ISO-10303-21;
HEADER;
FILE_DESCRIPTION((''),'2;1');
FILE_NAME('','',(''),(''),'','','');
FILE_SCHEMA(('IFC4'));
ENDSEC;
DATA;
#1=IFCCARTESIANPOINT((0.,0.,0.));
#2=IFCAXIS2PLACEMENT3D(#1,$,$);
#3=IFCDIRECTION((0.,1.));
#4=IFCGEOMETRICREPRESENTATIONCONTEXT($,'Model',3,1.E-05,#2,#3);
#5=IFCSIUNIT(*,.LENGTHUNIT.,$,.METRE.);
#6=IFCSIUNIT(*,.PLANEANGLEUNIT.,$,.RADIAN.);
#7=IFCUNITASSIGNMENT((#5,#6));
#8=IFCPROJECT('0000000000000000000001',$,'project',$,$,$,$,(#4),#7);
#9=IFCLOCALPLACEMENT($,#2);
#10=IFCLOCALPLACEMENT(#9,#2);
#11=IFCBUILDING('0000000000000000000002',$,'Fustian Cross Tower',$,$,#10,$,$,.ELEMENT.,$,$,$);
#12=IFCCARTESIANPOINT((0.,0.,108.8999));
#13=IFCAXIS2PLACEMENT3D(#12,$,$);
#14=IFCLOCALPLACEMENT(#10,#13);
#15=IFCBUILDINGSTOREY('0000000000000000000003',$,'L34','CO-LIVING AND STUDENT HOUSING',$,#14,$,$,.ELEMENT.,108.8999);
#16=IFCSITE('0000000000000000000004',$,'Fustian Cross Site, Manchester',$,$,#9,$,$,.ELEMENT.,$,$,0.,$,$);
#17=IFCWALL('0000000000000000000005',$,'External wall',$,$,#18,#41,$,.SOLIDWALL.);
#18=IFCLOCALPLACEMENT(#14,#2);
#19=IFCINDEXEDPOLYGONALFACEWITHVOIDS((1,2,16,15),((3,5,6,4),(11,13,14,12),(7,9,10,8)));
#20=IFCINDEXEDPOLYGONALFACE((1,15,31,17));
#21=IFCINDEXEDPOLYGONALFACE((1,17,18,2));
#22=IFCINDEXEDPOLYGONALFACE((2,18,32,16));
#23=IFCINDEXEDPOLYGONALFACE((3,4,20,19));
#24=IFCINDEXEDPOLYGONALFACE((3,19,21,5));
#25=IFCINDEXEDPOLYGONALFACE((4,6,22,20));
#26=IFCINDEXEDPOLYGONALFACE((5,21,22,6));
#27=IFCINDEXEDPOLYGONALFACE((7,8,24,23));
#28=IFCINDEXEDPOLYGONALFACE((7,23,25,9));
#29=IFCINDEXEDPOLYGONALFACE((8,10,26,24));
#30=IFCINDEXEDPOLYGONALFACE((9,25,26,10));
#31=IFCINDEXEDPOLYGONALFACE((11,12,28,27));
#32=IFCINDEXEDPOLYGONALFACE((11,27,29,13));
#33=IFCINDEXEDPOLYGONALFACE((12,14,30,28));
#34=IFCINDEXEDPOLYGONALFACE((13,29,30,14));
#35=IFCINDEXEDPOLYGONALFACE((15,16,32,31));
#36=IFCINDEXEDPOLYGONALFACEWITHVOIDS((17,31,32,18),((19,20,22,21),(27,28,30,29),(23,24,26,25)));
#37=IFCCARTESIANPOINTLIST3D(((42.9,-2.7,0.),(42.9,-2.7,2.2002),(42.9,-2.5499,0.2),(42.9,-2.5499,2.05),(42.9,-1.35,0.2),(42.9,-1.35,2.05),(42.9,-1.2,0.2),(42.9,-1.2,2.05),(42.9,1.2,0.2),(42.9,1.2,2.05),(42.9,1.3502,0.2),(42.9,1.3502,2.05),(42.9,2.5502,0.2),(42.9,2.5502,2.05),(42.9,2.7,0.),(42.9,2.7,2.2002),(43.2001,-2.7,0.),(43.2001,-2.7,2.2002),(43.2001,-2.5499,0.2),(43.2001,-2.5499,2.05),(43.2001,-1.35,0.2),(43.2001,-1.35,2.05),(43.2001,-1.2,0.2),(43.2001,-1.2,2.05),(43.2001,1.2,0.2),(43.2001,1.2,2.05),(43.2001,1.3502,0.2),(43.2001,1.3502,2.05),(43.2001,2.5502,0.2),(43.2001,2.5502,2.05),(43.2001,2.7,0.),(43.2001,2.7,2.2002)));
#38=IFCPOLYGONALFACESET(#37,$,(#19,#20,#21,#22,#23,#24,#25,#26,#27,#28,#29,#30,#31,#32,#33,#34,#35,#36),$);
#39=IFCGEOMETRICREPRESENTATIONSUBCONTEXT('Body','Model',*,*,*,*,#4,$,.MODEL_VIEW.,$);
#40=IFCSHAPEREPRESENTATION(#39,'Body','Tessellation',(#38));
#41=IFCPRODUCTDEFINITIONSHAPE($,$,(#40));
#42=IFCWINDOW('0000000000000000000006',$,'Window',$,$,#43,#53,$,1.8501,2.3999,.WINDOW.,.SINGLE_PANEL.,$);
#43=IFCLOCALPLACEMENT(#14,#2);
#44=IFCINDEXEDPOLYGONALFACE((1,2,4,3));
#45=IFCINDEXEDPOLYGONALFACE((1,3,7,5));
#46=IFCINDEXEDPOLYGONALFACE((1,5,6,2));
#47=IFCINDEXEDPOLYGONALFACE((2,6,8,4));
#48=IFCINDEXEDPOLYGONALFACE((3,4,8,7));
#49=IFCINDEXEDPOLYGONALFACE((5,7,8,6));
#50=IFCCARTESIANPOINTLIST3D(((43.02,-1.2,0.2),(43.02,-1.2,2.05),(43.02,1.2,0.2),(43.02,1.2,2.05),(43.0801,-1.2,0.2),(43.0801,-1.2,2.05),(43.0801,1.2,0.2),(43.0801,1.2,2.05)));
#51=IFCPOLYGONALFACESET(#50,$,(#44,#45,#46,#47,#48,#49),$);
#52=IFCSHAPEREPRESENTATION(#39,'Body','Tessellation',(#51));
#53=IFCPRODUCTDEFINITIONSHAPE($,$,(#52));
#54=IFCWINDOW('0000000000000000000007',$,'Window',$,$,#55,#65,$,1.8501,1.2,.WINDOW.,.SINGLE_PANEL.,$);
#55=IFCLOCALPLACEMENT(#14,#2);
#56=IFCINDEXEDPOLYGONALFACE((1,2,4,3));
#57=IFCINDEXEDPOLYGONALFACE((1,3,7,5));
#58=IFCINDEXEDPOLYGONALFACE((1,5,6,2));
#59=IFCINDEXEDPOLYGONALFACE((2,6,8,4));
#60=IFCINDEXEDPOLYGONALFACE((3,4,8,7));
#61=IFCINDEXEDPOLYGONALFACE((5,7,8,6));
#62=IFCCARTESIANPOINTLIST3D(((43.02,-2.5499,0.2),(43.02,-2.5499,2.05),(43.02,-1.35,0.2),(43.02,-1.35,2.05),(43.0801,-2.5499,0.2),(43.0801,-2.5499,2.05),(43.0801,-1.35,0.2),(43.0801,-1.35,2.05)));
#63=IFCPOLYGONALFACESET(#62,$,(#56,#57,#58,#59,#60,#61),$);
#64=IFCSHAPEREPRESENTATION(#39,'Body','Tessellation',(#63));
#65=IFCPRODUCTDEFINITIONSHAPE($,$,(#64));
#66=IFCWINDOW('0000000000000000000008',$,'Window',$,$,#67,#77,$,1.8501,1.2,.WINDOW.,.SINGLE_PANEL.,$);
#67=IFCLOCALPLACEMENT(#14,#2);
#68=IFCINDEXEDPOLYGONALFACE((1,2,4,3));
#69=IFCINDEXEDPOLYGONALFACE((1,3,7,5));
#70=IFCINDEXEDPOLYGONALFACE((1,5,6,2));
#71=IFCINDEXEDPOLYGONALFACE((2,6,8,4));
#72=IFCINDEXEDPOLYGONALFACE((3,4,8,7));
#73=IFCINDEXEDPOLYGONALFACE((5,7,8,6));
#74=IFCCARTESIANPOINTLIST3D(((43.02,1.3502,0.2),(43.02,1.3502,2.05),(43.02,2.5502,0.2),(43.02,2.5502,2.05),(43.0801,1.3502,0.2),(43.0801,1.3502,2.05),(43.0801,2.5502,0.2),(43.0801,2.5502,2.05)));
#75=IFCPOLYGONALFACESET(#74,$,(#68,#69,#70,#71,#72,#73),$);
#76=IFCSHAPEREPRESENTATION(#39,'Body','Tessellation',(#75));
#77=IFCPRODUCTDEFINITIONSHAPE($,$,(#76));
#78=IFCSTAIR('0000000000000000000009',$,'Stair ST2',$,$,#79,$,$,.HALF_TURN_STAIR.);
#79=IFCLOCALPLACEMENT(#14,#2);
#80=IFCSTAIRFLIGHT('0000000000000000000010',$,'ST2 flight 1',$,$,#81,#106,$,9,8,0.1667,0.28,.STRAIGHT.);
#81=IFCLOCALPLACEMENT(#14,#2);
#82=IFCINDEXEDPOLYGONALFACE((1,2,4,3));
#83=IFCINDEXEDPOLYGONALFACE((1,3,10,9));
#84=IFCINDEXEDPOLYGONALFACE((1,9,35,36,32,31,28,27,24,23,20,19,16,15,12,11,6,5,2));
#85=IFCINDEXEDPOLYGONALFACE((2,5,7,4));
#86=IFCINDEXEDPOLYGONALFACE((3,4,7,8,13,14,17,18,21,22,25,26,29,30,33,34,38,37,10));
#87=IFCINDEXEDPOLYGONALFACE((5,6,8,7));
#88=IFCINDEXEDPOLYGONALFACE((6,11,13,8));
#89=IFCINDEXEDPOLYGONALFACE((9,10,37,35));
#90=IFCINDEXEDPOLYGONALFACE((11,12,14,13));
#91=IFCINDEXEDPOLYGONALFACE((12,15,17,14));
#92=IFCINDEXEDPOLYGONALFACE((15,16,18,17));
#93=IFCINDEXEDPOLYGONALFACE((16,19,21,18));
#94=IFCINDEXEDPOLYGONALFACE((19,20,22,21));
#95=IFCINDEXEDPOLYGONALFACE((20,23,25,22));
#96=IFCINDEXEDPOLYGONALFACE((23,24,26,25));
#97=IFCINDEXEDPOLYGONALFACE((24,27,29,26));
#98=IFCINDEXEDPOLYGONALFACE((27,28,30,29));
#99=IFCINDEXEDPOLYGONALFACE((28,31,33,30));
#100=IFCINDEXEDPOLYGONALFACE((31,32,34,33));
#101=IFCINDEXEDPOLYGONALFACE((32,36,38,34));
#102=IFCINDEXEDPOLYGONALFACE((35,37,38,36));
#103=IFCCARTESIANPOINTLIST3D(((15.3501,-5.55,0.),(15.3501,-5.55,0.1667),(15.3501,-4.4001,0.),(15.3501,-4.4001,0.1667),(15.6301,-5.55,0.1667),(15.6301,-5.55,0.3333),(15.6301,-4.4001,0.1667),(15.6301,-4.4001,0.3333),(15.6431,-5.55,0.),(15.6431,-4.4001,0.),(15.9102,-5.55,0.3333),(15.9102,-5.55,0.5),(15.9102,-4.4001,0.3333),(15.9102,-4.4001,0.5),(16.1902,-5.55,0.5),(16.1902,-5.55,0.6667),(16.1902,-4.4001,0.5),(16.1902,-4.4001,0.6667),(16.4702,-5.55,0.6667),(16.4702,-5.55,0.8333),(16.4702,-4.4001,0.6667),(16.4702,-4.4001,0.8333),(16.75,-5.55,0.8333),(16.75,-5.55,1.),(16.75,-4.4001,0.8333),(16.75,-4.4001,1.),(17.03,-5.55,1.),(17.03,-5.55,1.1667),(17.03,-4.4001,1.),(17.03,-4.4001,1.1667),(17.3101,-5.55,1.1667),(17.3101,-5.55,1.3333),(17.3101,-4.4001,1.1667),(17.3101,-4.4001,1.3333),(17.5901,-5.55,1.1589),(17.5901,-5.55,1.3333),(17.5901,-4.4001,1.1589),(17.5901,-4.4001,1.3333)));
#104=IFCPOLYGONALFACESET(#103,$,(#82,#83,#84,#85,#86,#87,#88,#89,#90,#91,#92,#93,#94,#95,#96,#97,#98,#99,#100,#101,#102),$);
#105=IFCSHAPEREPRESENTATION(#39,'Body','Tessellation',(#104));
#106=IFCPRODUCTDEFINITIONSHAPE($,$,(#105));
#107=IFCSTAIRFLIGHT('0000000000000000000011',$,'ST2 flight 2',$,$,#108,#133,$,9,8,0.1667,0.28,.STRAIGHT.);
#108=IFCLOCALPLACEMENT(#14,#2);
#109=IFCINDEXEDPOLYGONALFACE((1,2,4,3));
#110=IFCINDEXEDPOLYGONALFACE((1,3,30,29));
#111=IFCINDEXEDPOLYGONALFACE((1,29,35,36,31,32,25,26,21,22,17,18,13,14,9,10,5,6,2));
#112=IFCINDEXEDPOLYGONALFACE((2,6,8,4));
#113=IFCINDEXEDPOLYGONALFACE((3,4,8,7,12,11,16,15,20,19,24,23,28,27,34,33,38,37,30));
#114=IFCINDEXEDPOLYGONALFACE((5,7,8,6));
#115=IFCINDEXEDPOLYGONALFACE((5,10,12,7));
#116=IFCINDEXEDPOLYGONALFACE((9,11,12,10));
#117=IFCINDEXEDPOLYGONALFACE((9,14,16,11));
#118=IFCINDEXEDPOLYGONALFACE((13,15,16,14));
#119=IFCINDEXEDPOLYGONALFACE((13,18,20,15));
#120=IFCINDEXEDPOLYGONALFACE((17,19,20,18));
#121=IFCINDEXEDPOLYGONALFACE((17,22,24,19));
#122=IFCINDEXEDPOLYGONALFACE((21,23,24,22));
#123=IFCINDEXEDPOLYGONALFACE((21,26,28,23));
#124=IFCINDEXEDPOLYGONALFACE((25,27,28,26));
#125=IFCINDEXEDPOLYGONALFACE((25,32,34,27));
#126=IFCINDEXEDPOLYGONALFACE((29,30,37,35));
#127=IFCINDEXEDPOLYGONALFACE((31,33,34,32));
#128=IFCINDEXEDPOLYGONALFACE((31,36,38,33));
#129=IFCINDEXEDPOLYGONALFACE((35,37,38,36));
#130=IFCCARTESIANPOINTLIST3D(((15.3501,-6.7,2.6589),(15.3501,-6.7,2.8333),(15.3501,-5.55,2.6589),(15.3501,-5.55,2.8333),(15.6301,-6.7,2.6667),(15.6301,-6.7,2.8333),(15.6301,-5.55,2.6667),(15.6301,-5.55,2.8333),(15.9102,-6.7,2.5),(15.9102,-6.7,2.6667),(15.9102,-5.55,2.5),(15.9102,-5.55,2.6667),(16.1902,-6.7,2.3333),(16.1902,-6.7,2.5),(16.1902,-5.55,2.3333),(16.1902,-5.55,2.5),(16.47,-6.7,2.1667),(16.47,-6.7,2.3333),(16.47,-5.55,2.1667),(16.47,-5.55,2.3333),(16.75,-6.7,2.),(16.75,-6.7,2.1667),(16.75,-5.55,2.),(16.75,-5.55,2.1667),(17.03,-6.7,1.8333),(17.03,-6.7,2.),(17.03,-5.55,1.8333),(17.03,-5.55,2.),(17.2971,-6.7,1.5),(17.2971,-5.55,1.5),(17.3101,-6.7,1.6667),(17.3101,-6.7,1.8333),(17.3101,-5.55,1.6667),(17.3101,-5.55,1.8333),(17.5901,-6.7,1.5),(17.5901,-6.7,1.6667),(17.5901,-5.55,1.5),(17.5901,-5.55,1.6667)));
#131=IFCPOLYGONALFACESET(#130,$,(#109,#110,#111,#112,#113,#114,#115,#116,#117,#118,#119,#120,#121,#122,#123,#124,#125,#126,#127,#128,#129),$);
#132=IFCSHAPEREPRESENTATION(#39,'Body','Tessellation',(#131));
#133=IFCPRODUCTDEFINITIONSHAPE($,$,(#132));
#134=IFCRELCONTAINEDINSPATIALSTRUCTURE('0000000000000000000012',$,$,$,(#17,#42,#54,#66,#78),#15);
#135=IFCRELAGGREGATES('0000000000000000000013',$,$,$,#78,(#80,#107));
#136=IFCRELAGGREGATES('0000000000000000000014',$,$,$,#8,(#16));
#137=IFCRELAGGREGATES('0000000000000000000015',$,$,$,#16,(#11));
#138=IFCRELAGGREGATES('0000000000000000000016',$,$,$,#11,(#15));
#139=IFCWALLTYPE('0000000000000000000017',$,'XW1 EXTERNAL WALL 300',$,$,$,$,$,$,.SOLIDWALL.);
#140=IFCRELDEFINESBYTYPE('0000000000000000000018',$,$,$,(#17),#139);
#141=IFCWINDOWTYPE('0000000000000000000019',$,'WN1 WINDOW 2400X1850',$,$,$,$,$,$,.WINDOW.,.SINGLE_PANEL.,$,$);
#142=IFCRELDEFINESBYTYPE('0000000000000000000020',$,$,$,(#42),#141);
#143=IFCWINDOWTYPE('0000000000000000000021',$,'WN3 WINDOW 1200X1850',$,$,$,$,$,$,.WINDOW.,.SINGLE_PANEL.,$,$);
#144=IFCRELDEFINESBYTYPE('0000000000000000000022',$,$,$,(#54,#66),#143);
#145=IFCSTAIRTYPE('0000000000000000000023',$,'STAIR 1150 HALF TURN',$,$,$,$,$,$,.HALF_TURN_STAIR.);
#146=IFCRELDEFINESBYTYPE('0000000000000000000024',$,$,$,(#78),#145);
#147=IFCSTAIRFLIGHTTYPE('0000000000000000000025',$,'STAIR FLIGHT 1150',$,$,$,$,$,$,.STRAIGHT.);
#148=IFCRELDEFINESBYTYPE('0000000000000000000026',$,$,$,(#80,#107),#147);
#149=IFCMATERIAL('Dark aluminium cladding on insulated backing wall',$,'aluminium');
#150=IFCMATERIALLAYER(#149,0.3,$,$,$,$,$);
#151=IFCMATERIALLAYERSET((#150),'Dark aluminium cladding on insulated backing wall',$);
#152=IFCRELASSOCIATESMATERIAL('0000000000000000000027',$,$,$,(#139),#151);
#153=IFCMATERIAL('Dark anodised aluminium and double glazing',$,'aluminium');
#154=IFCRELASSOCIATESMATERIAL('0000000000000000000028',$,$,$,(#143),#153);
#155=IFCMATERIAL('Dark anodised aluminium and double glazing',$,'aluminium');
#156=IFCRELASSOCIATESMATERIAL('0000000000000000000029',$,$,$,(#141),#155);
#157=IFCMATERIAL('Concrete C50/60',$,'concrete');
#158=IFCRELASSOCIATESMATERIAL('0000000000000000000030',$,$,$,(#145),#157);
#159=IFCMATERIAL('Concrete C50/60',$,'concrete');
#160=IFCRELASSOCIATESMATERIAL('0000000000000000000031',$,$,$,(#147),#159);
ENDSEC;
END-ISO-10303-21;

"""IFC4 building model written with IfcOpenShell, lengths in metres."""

from ifc_helpers import new_model, si_unit, direction, frame, frame_2d, origin, place, context, subcontext, project, spatial, polyline, rectangle, outline, extrude, material, layer, layer_set, type_object, element, fill, aggregate, save


model = new_model("IFC4")

# Units and contexts
model_context = context("Model", 3, precision=1e-05, world=origin(), true_north=direction((0.0, 1.0)))
body_context = subcontext(model_context, "Body", "Model", "MODEL_VIEW")
ifc_project = project(units=[si_unit("LENGTHUNIT", "METRE"), si_unit("PLANEANGLEUNIT", "RADIAN")], contexts=[model_context])

# Site, building, storey
site_placement = place(None, origin())
site = spatial("IfcSite", under=ifc_project, at=site_placement, Name="Fustian Cross Site, Manchester", CompositionType="ELEMENT", RefElevation=0.0)
building_placement = place(site_placement, origin())
building = spatial("IfcBuilding", under=site, at=building_placement, Name="Fustian Cross Tower", CompositionType="ELEMENT")
storey_placement = place(building_placement, frame((0.0, 0.0, 108.8999)))
storey = spatial("IfcBuildingStorey", under=building, at=storey_placement, Name="L34", Description="CO-LIVING AND STUDENT HOUSING", CompositionType="ELEMENT", Elevation=108.8999)

# Shared definitions
ifc_material_1 = material(Name="Dark aluminium cladding on insulated backing wall", Category="aluminium")
ifc_layer_1 = layer(ifc_material_1, 0.3)
ifc_layer_set_1 = layer_set([ifc_layer_1], Name="Dark aluminium cladding on insulated backing wall")
wall_type_1 = type_object("IfcWallType", Name="XW1 EXTERNAL WALL 300", PredefinedType="SOLIDWALL", material=ifc_layer_set_1)

# Shared definitions
ifc_material_2 = material(Name="Dark anodised aluminium and double glazing", Category="aluminium")
window_type_1 = type_object("IfcWindowType", Name="WN3 WINDOW 1200X1850", PartitioningType="SINGLE_PANEL", PredefinedType="WINDOW", material=ifc_material_2)

# Wall, openings, windows
wall_1_placement = place(storey_placement, frame((43.05, -2.7, 0.0), z_axis=(0.0, 0.0, 1.0), x_axis=(0.0, 1.0, 0.0)))
wall_1 = element("IfcWall", 1, at=wall_1_placement, inside=storey, type_object=wall_type_1, Name="External wall", PredefinedType="SOLIDWALL", context=body_context, shape_type="SweptSolid", body=[
    extrude(rectangle(XDim=5.3999, YDim=0.3, at=frame_2d((2.7, 0.0))), origin(), (0.0, 0.0, 1.0), 2.2002),
])
opening_1_placement = place(wall_1_placement, frame((1.5, 0.0, 0.2)))
opening_1 = element("IfcOpeningElement", 2, at=opening_1_placement, cuts=wall_1, PredefinedType="OPENING", context=body_context, shape_type="SweptSolid", body=[
    extrude(rectangle(XDim=2.3999, YDim=1.8501, at=frame_2d((1.2, 0.925))), frame((0.0, 0.1599, 0.0), z_axis=(0.0, -1.0, 0.0), x_axis=(1.0, 0.0, 0.0)), (0.0, 0.0, 1.0), 0.3201),
])
opening_2_placement = place(wall_1_placement, frame((0.1499, 0.0, 0.2)))
opening_2 = element("IfcOpeningElement", 3, at=opening_2_placement, cuts=wall_1, PredefinedType="OPENING", context=body_context, shape_type="SweptSolid", body=[
    extrude(rectangle(XDim=1.2, YDim=1.8501, at=frame_2d((0.6001, 0.925))), frame((0.0, 0.1599, 0.0), z_axis=(0.0, -1.0, 0.0), x_axis=(1.0, 0.0, 0.0)), (0.0, 0.0, 1.0), 0.3201),
])
opening_3_placement = place(wall_1_placement, frame((4.05, 0.0, 0.2)))
opening_3 = element("IfcOpeningElement", 4, at=opening_3_placement, cuts=wall_1, PredefinedType="OPENING", context=body_context, shape_type="SweptSolid", body=[
    extrude(rectangle(XDim=1.2, YDim=1.8501, at=frame_2d((0.6001, 0.925))), frame((0.0, 0.1599, 0.0), z_axis=(0.0, -1.0, 0.0), x_axis=(1.0, 0.0, 0.0)), (0.0, 0.0, 1.0), 0.3201),
])
ifc_material_3 = material(Name="Dark anodised aluminium and double glazing", Category="aluminium")
window_type_2 = type_object("IfcWindowType", Name="WN1 WINDOW 2400X1850", PartitioningType="SINGLE_PANEL", PredefinedType="WINDOW", material=ifc_material_3)
window_1_placement = place(opening_1_placement, origin())
window_1 = element("IfcWindow", 5, at=window_1_placement, inside=storey, type_object=window_type_2, Name="Window", OverallHeight=1.8501, OverallWidth=2.3999, PartitioningType="SINGLE_PANEL", PredefinedType="WINDOW", context=body_context, shape_type="SweptSolid", body=[
    extrude(rectangle(XDim=2.3999, YDim=1.8501, at=frame_2d((1.2, 0.925))), frame((0.0, 0.03, 0.0), z_axis=(0.0, -1.0, 0.0), x_axis=(1.0, 0.0, 0.0)), (0.0, 0.0, 1.0), 0.0601),
])
fill(opening_1, window_1)
window_2_placement = place(opening_2_placement, origin())
window_2 = element("IfcWindow", 6, at=window_2_placement, inside=storey, type_object=window_type_1, Name="Window", OverallHeight=1.8501, OverallWidth=1.2, PartitioningType="SINGLE_PANEL", PredefinedType="WINDOW", context=body_context, shape_type="SweptSolid", body=[
    extrude(rectangle(XDim=1.2, YDim=1.8501, at=frame_2d((0.6001, 0.925))), frame((0.0, 0.03, 0.0), z_axis=(0.0, -1.0, 0.0), x_axis=(1.0, 0.0, 0.0)), (0.0, 0.0, 1.0), 0.0601),
])
fill(opening_2, window_2)
window_3_placement = place(opening_3_placement, origin())
window_3 = element("IfcWindow", 7, at=window_3_placement, inside=storey, type_object=window_type_1, Name="Window", OverallHeight=1.8501, OverallWidth=1.2, PartitioningType="SINGLE_PANEL", PredefinedType="WINDOW", context=body_context, shape_type="SweptSolid", body=[
    extrude(rectangle(XDim=1.2, YDim=1.8501, at=frame_2d((0.6001, 0.925))), frame((0.0, 0.03, 0.0), z_axis=(0.0, -1.0, 0.0), x_axis=(1.0, 0.0, 0.0)), (0.0, 0.0, 1.0), 0.0601),
])
fill(opening_3, window_3)

# Stair, stair flights
ifc_material_4 = material(Name="Concrete C50/60", Category="concrete")
stair_type = type_object("IfcStairType", Name="STAIR 1150 HALF TURN", PredefinedType="HALF_TURN_STAIR", material=ifc_material_4)
stair_placement = place(storey_placement, origin())
stair = element("IfcStair", 8, at=stair_placement, inside=storey, type_object=stair_type, Name="Stair ST2", PredefinedType="HALF_TURN_STAIR")
ifc_material_5 = material(Name="Concrete C50/60", Category="concrete")
stair_flight_type = type_object("IfcStairFlightType", Name="STAIR FLIGHT 1150", PredefinedType="STRAIGHT", material=ifc_material_5)
stair_flight_1_placement = place(storey_placement, frame((15.3501, -4.9751, 0.0), z_axis=(0.0, 0.0, 1.0), x_axis=(1.0, 0.0, 0.0)))
stair_flight_1 = element("IfcStairFlight", 9, at=stair_flight_1_placement, type_object=stair_flight_type, Name="ST2 flight 1", NumberOfRisers=9, NumberOfTreads=8, PredefinedType="STRAIGHT", RiserHeight=0.1667, TreadLength=0.28, context=body_context, shape_type="SweptSolid", body=[
    extrude(outline(polyline([(0.0, 0.0), (0.0, 0.1667), (0.28, 0.1667), (0.28, 0.3333), (0.5601, 0.3333), (0.5601, 0.5), (0.8401, 0.5), (0.8401, 0.6667), (1.1201, 0.6667), (1.1201, 0.8333), (1.3999, 0.8333), (1.3999, 1.0), (1.6799, 1.0), (1.6799, 1.1667), (1.96, 1.1667), (1.96, 1.3333), (2.24, 1.3333), (2.24, 1.5), (2.24, 1.1589), (0.293, 0.0), (0.0, 0.0)])), frame((0.0, 0.575, 0.0), z_axis=(0.0, -1.0, 0.0), x_axis=(1.0, 0.0, 0.0)), (0.0, 0.0, 1.0), 1.1499),
])
stair_flight_2_placement = place(storey_placement, frame((17.5901, -6.125, 1.5), z_axis=(0.0, 0.0, 1.0), x_axis=(-1.0, 0.0, 0.0)))
stair_flight_2 = element("IfcStairFlight", 10, at=stair_flight_2_placement, type_object=stair_flight_type, Name="ST2 flight 2", NumberOfRisers=9, NumberOfTreads=8, PredefinedType="STRAIGHT", RiserHeight=0.1667, TreadLength=0.28, context=body_context, shape_type="SweptSolid", body=[
    extrude(outline(polyline([(0.0, 0.0), (0.0, 0.1667), (0.28, 0.1667), (0.28, 0.3333), (0.5601, 0.3333), (0.5601, 0.5), (0.8401, 0.5), (0.8401, 0.6667), (1.1201, 0.6667), (1.1201, 0.8333), (1.3999, 0.8333), (1.3999, 1.0), (1.6799, 1.0), (1.6799, 1.1667), (1.96, 1.1667), (1.96, 1.3333), (2.24, 1.3333), (2.24, 1.5), (2.24, 1.1589), (0.293, 0.0), (0.0, 0.0)])), frame((0.0, 0.575, 0.0), z_axis=(0.0, -1.0, 0.0), x_axis=(1.0, 0.0, 0.0)), (0.0, 0.0, 1.0), 1.1499),
])
aggregate(stair, [stair_flight_1, stair_flight_2])

save(model, "model.ifc")
